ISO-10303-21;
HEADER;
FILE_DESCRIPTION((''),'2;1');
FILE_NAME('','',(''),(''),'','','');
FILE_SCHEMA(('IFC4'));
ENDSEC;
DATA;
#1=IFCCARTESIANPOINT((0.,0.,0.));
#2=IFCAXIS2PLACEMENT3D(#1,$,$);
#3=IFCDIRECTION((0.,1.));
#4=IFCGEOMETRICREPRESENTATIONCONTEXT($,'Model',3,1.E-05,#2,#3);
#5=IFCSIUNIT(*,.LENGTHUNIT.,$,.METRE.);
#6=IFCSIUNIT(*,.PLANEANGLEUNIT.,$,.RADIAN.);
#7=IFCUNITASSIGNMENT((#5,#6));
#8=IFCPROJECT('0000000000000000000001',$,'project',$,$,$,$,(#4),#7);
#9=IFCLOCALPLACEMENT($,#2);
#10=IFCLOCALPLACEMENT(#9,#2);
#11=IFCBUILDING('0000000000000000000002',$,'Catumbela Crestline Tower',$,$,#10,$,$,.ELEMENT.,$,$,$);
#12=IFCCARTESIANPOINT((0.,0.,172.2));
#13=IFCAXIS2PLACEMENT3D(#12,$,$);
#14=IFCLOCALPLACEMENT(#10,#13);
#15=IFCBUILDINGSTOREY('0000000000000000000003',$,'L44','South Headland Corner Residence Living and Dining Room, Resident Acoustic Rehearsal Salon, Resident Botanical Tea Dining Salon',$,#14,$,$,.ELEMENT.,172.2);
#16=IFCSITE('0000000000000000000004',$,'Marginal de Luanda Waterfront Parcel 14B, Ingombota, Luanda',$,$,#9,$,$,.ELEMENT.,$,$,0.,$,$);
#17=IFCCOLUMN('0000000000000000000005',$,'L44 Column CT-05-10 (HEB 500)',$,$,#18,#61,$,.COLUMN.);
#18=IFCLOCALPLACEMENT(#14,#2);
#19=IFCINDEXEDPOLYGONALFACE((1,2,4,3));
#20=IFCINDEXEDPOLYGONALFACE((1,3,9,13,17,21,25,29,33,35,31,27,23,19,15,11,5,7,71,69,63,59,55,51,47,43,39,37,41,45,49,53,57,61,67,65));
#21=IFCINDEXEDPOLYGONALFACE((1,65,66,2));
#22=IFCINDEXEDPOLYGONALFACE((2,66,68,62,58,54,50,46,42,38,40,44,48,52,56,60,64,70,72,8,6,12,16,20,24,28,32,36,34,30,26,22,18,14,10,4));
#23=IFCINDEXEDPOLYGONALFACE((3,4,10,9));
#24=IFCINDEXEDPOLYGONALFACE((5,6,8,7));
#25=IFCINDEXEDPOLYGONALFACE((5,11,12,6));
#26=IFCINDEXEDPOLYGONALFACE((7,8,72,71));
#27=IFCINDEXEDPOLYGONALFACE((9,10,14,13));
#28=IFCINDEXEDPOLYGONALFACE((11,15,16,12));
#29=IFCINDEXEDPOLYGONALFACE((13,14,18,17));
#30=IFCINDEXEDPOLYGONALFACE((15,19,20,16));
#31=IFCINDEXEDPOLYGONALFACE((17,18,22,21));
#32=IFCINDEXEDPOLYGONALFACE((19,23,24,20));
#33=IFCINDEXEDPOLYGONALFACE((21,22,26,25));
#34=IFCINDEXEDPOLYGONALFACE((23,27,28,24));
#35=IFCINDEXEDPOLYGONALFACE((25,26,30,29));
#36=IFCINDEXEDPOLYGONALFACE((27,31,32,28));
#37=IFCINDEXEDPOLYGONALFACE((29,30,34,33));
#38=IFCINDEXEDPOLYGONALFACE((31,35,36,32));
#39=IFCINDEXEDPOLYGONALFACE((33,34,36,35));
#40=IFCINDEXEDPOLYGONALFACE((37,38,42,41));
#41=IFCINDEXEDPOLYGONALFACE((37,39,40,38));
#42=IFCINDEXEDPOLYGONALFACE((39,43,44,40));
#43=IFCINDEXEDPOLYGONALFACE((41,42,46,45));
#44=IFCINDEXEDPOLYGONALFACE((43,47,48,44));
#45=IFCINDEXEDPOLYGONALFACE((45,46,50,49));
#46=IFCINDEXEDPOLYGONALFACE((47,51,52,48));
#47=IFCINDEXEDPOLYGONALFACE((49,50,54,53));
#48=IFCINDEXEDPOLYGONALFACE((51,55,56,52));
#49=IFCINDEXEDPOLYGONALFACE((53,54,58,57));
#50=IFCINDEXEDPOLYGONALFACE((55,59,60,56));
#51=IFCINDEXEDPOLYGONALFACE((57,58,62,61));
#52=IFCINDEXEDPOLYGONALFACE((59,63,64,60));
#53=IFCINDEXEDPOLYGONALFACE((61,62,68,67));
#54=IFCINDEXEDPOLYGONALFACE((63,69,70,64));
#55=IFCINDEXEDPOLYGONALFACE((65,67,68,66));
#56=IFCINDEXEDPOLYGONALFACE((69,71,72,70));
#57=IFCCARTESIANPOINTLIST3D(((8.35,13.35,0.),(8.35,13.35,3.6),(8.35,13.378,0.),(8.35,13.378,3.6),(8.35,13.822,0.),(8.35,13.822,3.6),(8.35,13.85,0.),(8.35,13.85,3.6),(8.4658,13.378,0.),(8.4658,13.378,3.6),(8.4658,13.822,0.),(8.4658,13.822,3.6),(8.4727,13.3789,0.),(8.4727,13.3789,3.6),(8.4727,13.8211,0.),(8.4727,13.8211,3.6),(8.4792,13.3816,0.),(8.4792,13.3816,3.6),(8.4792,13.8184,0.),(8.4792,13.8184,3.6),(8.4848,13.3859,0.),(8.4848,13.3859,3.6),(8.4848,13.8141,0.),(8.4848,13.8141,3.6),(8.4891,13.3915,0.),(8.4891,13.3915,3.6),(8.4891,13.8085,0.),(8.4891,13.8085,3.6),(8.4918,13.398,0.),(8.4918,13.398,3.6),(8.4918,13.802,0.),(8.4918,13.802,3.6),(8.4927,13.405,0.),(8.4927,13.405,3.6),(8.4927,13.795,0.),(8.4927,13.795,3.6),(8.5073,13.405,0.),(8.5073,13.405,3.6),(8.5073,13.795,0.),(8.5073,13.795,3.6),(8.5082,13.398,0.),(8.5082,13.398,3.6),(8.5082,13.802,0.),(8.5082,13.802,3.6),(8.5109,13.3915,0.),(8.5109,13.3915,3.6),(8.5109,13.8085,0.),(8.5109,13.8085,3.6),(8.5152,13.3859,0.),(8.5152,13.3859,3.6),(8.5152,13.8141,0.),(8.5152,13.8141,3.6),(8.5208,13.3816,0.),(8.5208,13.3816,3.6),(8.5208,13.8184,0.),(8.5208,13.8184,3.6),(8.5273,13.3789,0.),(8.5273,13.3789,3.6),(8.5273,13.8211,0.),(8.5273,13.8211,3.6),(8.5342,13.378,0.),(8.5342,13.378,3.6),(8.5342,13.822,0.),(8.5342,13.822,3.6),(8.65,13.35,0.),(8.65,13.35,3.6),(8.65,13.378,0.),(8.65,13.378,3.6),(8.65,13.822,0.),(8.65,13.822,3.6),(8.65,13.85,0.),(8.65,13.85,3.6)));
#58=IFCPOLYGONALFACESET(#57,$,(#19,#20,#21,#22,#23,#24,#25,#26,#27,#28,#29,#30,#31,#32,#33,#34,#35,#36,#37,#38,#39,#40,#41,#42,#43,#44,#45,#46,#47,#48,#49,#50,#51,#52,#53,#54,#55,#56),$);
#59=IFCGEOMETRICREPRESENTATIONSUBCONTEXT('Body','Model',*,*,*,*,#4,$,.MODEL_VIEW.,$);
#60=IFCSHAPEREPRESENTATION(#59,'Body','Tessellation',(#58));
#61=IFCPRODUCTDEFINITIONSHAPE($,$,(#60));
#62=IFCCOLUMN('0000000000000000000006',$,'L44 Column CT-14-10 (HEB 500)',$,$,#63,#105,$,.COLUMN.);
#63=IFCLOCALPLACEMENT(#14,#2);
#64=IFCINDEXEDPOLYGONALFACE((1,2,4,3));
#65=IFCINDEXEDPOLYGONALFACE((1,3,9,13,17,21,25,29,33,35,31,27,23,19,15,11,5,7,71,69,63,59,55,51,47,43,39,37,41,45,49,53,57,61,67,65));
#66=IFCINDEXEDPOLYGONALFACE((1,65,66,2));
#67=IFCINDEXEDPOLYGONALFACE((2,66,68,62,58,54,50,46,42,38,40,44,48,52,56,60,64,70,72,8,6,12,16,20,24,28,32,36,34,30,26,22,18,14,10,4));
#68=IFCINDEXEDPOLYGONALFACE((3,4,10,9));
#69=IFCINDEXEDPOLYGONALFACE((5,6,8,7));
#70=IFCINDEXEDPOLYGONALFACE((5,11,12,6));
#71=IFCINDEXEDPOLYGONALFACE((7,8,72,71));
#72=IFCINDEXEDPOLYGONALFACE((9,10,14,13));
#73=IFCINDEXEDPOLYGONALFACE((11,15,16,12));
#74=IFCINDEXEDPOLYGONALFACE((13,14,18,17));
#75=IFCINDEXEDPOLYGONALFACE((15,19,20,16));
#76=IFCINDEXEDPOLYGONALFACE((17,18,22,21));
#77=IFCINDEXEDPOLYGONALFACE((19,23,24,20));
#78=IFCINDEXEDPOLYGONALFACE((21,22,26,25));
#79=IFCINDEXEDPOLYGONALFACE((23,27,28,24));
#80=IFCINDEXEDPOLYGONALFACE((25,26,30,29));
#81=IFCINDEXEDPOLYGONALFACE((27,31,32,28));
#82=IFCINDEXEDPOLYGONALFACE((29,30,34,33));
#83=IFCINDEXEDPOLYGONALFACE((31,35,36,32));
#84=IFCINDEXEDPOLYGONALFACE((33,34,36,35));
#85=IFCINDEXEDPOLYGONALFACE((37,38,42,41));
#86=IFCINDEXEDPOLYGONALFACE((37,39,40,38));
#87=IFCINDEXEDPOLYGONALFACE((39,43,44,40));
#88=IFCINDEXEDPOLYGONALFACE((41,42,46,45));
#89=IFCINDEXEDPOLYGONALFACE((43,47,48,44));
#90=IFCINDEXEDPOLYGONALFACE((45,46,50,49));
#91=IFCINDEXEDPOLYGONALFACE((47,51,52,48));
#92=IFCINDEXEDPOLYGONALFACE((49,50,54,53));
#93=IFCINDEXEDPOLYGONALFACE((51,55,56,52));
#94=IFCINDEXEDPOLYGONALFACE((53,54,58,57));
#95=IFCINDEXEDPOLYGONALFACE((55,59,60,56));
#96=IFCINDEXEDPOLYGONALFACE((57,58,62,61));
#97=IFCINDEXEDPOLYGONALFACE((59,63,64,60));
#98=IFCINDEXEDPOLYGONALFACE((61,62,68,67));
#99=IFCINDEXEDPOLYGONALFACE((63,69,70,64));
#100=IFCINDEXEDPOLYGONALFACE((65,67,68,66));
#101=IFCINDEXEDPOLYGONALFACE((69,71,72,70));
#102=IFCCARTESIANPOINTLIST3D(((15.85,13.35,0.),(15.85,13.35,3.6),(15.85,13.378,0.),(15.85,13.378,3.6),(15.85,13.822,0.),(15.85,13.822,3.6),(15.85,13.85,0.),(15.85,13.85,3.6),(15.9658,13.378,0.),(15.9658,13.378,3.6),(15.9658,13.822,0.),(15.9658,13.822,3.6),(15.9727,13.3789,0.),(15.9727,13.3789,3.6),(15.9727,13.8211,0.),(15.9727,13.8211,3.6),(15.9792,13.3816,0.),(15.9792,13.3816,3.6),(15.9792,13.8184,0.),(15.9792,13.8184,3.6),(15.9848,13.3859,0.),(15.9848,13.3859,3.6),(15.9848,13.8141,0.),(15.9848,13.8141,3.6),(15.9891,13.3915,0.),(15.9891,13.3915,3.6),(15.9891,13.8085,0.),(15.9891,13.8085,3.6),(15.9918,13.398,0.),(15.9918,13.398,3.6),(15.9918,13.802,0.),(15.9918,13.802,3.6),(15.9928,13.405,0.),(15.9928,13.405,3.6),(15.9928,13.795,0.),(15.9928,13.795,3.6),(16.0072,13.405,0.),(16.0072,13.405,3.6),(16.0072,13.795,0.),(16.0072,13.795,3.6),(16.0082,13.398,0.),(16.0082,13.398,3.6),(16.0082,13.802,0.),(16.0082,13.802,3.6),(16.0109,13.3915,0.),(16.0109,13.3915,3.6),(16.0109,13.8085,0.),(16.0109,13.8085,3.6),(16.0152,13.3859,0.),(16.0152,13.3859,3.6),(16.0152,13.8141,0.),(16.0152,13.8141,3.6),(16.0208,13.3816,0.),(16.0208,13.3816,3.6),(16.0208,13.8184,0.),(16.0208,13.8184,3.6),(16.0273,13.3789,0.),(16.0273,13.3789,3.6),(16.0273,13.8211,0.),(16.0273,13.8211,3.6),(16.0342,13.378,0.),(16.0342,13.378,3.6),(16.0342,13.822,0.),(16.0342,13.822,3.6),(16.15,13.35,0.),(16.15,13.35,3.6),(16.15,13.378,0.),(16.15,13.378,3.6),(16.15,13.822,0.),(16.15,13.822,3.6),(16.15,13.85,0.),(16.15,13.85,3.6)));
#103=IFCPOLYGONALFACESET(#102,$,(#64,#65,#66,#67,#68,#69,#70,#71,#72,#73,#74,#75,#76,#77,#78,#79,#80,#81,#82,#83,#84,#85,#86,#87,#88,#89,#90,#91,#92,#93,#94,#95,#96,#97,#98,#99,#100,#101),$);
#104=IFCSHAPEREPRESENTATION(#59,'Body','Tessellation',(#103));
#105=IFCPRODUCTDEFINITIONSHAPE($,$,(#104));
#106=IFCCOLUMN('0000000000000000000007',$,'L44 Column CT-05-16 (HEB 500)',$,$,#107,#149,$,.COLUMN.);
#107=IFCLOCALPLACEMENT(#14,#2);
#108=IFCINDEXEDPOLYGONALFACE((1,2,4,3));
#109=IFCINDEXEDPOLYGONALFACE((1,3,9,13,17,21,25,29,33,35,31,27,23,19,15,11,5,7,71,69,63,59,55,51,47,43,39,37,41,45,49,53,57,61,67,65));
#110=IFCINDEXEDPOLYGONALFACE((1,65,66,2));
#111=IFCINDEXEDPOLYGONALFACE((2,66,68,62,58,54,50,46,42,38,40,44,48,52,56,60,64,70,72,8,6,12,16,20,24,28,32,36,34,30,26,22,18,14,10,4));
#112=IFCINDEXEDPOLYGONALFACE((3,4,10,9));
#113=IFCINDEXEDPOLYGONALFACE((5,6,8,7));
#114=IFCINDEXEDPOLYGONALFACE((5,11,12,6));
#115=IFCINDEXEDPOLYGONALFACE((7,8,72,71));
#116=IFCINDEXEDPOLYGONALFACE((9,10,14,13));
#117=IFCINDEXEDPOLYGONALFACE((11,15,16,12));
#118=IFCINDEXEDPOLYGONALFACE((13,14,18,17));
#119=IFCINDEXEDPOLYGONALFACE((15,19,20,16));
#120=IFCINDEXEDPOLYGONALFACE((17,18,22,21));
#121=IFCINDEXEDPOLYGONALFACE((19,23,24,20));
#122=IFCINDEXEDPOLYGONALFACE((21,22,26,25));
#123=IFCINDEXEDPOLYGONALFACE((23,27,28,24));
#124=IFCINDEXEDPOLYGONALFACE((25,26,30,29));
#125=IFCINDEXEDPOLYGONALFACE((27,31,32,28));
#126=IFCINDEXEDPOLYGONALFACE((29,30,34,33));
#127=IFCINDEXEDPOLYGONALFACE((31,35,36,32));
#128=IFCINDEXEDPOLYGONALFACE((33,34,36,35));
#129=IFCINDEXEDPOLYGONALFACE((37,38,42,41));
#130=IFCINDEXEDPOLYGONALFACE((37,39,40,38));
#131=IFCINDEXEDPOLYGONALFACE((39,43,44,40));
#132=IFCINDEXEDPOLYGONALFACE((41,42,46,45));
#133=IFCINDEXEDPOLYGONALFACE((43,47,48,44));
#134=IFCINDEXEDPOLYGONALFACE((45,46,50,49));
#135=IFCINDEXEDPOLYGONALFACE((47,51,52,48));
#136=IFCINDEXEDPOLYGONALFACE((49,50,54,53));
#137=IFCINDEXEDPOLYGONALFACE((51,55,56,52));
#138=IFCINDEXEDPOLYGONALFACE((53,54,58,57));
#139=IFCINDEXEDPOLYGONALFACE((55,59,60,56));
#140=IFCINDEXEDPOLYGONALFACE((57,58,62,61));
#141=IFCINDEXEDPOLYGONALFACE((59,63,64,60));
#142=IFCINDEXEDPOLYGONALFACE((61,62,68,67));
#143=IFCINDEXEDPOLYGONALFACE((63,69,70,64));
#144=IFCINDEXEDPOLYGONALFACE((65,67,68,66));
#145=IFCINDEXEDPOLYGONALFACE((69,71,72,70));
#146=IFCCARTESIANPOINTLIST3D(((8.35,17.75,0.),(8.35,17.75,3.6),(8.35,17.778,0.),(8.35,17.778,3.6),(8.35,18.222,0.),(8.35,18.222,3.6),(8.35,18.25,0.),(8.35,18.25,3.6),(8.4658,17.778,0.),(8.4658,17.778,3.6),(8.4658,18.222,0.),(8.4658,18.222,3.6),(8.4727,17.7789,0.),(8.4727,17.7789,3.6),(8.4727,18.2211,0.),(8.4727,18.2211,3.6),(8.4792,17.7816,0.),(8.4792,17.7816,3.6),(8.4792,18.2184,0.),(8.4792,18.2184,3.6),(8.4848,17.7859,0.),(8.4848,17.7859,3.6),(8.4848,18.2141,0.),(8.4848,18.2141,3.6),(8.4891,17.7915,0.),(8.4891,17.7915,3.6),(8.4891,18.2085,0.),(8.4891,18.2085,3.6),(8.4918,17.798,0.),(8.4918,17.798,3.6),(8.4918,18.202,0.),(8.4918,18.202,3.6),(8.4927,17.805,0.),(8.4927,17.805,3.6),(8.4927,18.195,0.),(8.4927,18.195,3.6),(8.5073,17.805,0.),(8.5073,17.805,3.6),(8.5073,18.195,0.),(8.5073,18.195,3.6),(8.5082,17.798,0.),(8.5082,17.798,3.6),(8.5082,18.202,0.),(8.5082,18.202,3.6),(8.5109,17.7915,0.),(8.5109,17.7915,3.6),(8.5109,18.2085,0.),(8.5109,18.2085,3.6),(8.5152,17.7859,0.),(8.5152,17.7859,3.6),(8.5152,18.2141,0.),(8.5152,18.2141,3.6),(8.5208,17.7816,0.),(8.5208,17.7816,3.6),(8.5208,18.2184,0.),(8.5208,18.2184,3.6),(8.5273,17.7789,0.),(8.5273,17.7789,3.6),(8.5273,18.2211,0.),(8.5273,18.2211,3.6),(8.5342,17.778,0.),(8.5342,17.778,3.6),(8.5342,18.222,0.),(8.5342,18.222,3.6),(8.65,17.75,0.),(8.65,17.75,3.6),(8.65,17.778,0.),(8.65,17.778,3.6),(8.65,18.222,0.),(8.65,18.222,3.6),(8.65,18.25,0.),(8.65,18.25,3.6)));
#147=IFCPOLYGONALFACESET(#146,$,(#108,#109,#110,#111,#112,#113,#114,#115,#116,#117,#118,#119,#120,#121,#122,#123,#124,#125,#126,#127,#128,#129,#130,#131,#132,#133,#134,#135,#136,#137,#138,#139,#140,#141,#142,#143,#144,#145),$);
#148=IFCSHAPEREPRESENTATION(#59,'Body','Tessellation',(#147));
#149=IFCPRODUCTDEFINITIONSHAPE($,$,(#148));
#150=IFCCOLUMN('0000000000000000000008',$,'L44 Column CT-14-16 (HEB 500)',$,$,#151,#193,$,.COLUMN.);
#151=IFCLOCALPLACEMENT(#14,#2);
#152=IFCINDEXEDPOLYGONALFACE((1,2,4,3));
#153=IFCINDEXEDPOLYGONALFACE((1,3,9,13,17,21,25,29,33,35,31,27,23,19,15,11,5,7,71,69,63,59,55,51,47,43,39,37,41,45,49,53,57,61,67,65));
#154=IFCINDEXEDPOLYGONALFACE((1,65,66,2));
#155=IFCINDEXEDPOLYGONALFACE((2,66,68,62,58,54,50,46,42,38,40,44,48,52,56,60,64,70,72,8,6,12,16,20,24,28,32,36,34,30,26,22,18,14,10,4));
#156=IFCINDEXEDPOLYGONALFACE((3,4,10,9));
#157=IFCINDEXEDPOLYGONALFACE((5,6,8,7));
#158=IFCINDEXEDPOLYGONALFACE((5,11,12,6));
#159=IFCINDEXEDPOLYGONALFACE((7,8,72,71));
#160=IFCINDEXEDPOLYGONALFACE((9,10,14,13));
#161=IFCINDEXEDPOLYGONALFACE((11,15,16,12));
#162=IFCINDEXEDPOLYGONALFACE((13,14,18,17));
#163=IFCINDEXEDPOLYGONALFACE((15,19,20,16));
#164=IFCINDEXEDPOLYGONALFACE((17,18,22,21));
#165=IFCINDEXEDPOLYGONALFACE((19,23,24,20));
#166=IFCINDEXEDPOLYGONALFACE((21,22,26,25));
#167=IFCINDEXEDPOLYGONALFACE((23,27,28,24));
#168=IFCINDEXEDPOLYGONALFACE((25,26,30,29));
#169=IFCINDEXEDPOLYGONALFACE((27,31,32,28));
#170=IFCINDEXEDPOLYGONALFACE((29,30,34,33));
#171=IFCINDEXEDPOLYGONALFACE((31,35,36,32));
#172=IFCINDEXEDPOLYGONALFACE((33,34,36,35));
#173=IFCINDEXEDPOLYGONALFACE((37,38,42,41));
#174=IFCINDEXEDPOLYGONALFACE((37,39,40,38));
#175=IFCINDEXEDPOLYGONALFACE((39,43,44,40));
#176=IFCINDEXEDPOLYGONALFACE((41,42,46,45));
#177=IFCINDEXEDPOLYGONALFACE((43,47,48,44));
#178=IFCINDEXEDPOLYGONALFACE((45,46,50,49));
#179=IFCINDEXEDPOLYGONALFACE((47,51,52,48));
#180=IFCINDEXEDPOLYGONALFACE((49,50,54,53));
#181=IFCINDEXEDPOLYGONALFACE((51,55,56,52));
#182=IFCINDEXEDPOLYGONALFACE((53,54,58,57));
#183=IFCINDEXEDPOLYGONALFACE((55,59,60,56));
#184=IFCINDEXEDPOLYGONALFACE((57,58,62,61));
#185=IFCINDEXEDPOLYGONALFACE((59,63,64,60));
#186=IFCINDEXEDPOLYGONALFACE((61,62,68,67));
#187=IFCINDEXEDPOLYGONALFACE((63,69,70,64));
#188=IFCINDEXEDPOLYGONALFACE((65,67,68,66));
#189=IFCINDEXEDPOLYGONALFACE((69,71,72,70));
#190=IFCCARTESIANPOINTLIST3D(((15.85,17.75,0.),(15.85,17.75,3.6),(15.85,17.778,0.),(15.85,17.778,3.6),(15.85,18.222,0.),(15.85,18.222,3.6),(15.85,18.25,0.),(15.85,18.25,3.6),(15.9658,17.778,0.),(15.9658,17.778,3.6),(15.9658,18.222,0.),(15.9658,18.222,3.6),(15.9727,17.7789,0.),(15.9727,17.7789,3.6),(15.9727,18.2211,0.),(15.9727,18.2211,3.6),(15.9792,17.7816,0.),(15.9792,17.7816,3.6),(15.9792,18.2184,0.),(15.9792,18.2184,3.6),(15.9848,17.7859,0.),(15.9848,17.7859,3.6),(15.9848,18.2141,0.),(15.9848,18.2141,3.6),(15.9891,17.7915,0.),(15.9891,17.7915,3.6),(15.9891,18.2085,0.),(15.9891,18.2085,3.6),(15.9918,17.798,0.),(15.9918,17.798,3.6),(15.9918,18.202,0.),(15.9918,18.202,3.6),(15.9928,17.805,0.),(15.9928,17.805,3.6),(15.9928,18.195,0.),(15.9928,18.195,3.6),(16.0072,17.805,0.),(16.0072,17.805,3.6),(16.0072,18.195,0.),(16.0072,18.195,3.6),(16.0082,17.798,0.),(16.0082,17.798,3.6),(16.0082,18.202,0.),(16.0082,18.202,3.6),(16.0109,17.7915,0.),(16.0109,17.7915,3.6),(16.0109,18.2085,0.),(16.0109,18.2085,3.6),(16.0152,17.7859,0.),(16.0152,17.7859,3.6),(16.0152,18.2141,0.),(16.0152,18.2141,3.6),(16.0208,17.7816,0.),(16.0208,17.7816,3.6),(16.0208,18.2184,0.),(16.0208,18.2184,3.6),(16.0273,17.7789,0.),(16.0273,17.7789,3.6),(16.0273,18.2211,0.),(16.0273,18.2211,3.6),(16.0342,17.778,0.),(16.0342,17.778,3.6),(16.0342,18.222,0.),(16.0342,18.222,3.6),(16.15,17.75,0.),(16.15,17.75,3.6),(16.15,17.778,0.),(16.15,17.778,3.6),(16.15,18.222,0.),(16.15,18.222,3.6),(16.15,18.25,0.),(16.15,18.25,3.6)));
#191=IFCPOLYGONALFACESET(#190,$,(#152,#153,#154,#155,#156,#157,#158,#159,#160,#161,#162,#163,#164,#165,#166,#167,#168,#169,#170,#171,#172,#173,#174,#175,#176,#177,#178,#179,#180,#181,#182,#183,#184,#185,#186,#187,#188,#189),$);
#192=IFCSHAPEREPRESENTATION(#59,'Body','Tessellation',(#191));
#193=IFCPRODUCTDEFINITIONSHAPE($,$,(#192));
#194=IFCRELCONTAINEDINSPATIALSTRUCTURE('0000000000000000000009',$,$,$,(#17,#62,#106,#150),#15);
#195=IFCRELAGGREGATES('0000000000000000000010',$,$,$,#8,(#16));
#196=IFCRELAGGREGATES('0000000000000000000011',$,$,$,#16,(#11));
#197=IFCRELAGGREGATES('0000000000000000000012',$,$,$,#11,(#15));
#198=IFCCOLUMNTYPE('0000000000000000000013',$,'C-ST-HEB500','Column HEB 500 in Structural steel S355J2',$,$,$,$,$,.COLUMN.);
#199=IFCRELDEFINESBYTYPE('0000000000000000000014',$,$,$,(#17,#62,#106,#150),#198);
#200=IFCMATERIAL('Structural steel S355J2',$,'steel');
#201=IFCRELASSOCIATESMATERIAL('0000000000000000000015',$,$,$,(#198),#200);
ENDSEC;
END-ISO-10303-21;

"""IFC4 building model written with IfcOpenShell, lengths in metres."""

from ifc_helpers import new_model, si_unit, direction, frame, origin, origin_2d, place, context, subcontext, project, spatial, i_section, extrude, material, material_profile, profile_set, type_object, element, save


model = new_model("IFC4")

# Units and contexts
model_context = context("Model", 3, precision=1e-05, world=origin(), true_north=direction((0.0, 1.0)))
body_context = subcontext(model_context, "Body", "Model", "MODEL_VIEW")
ifc_project = project(units=[si_unit("LENGTHUNIT", "METRE"), si_unit("PLANEANGLEUNIT", "RADIAN")], contexts=[model_context])

# Site, building, storey
site_placement = place(None, origin())
site = spatial("IfcSite", under=ifc_project, at=site_placement, Name="Marginal de Luanda Waterfront Parcel 14B, Ingombota, Luanda", CompositionType="ELEMENT", RefElevation=0.0)
building_placement = place(site_placement, origin())
building = spatial("IfcBuilding", under=site, at=building_placement, Name="Catumbela Crestline Tower", CompositionType="ELEMENT")
storey_placement = place(building_placement, frame((0.0, 0.0, 172.2)))
storey = spatial("IfcBuildingStorey", under=building, at=storey_placement, Name="L44", Description="South Headland Corner Residence Living and Dining Room, Resident Acoustic Rehearsal Salon, Resident Botanical Tea Dining Salon", CompositionType="ELEMENT", Elevation=172.2)

# Columns
ifc_material_1 = material(Name="Structural steel S355J2", Category="steel")
ifc_material_profile_1 = material_profile(ifc_material_1, i_section(OverallWidth=0.3, OverallDepth=0.5, WebThickness=0.0145, FlangeThickness=0.028, FilletRadius=0.027, at=origin_2d()), Name="HEB 500")
ifc_profile_set_1 = profile_set([ifc_material_profile_1], Name="Structural steel S355J2")
column_type = type_object("IfcColumnType", Name="C-ST-HEB500", Description="Column HEB 500 in Structural steel S355J2", PredefinedType="COLUMN", material=ifc_profile_set_1)
for number, where, z_axis, x_axis, name in (
    (1, (8.5, 13.6, 0.0), (0.0, 0.0, 1.0), (1.0, 0.0, 0.0), "L44 Column CT-05-10 (HEB 500)"),
    (2, (16.0, 13.6, 0.0), (0.0, 0.0, 1.0), (1.0, 0.0, 0.0), "L44 Column CT-14-10 (HEB 500)"),
    (3, (8.5, 18.0, 0.0), (0.0, 0.0, 1.0), (1.0, 0.0, 0.0), "L44 Column CT-05-16 (HEB 500)"),
    (4, (16.0, 18.0, 0.0), (0.0, 0.0, 1.0), (1.0, 0.0, 0.0), "L44 Column CT-14-16 (HEB 500)"),
):
    element("IfcColumn", number, at=place(storey_placement, frame(where, z_axis=z_axis, x_axis=x_axis)), inside=storey, type_object=column_type, Name=name, PredefinedType="COLUMN", context=body_context, shape_type="SweptSolid", body=[
        extrude(i_section(OverallWidth=0.3, OverallDepth=0.5, WebThickness=0.0145, FlangeThickness=0.028, FilletRadius=0.027, at=origin_2d()), origin(), (0.0, 0.0, 1.0), 3.6),
    ])

save(model, "model.ifc")
